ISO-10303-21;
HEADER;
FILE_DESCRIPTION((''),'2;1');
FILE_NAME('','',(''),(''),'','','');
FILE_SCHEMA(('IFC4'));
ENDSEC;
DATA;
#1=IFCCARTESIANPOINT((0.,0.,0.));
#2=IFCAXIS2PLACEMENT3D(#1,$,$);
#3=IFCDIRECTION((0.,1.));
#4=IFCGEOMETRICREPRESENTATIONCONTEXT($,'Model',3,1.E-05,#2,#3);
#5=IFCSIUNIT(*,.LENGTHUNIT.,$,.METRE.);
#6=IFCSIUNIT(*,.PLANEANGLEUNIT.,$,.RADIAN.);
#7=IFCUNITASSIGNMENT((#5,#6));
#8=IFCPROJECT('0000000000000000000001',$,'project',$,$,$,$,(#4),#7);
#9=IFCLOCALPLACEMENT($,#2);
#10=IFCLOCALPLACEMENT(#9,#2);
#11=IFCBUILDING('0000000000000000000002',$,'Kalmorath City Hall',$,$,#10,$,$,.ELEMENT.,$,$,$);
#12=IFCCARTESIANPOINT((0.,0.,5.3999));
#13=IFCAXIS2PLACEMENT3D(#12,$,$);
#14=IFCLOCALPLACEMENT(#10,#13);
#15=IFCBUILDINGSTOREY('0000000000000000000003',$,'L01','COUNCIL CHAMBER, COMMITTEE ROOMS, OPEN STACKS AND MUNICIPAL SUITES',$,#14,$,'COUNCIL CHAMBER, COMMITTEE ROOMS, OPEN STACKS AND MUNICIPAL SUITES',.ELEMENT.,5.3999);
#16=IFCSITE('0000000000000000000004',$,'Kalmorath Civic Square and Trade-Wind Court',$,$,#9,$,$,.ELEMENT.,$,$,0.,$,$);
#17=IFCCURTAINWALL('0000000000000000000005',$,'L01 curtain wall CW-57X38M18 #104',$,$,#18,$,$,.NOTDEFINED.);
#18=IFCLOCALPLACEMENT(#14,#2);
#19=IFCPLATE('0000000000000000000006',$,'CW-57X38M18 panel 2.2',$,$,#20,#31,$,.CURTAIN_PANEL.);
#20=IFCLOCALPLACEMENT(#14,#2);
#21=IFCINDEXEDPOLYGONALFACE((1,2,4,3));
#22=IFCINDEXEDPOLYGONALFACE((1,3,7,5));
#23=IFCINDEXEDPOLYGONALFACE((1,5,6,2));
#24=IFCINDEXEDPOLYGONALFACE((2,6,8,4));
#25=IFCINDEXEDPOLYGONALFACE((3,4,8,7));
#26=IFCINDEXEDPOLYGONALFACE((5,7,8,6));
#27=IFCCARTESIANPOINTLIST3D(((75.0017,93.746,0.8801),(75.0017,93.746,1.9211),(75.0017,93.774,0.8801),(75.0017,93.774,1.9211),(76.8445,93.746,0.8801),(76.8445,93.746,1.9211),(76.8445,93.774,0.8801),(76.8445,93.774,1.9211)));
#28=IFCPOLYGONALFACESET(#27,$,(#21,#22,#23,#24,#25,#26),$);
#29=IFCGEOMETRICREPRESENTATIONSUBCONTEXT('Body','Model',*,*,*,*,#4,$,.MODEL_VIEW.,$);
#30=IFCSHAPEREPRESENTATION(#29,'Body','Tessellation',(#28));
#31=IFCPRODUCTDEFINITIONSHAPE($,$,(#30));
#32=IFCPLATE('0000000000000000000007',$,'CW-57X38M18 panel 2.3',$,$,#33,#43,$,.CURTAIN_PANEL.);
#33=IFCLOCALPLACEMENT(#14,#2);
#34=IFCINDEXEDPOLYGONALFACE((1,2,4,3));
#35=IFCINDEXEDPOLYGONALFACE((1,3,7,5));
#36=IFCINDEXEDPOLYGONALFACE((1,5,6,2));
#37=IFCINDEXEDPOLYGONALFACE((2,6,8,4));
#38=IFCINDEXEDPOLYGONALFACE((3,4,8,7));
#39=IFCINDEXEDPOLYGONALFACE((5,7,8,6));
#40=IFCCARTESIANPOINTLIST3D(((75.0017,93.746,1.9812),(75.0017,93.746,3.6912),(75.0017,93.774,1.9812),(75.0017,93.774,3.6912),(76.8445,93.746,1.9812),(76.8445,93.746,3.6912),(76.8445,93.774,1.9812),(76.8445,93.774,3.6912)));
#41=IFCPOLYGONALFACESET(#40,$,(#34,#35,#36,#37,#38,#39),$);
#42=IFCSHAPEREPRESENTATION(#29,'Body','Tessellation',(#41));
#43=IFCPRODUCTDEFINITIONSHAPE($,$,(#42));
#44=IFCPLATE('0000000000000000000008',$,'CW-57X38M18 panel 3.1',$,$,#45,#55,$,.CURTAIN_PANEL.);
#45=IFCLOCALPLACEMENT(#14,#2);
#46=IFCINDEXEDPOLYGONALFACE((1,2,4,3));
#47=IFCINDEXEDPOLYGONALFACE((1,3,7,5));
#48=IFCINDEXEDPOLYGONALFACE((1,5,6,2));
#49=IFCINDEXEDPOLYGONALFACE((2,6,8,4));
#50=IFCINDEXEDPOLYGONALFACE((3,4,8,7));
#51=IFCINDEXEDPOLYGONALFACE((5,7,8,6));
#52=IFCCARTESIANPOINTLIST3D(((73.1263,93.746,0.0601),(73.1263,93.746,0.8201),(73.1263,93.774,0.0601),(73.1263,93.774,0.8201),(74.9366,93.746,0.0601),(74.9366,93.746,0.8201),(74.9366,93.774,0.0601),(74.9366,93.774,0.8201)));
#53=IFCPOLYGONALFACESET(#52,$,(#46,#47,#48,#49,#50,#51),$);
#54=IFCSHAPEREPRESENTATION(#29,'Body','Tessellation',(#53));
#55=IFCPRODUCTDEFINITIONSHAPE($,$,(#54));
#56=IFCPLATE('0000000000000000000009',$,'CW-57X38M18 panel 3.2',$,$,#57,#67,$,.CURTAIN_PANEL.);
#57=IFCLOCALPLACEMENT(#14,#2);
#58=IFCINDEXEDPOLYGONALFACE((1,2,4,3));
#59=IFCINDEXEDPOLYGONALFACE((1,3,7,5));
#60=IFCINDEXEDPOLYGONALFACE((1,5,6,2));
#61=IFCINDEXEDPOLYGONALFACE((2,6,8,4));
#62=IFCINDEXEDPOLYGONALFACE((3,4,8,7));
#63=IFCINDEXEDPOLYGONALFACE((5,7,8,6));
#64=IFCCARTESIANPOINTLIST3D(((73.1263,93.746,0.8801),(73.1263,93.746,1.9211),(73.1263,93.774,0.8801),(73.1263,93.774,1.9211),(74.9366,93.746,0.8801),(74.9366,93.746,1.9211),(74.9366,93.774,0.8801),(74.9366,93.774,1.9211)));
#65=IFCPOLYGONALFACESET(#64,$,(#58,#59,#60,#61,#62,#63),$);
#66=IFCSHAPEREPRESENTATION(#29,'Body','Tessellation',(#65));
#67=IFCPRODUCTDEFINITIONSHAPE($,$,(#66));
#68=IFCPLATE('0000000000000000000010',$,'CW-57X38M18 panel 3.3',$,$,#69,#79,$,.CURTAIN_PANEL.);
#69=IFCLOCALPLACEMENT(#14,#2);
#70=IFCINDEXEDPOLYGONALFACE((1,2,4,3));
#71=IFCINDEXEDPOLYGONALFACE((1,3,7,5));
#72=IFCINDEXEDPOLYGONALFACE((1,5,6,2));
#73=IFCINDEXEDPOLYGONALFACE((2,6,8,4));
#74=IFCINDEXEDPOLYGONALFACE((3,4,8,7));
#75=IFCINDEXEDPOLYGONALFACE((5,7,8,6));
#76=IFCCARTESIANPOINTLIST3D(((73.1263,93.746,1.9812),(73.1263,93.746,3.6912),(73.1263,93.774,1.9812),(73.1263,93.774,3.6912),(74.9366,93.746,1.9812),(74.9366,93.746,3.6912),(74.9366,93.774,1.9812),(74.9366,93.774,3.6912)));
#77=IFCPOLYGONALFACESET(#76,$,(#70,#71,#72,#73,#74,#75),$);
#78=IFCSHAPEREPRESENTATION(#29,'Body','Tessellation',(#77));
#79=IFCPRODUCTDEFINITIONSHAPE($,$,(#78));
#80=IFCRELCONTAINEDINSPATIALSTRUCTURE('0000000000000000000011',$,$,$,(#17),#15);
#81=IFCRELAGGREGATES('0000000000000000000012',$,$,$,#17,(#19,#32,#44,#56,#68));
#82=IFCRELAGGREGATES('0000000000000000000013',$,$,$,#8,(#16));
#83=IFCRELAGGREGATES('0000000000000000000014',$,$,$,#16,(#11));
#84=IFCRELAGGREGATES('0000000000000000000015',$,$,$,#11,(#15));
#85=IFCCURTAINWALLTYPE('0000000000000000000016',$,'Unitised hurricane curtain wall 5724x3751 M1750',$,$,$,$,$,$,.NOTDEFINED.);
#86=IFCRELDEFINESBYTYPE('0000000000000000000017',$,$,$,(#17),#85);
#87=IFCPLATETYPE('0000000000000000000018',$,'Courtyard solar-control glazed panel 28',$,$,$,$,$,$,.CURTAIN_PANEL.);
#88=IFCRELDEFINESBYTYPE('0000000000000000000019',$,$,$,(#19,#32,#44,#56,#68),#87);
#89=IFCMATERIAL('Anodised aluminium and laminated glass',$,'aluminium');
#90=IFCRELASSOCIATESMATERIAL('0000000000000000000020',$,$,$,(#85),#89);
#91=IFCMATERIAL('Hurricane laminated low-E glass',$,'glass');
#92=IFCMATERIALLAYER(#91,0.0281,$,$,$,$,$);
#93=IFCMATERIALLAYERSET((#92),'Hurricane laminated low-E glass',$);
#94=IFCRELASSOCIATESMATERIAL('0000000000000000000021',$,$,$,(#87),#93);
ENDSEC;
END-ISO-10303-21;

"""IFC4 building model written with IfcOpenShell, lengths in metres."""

from ifc_helpers import new_model, si_unit, direction, frame, origin, origin_2d, place, context, subcontext, project, spatial, rectangle, extrude, material, layer, layer_set, type_object, element, aggregate, save


model = new_model("IFC4")

# Units and contexts
model_context = context("Model", 3, precision=1e-05, world=origin(), true_north=direction((0.0, 1.0)))
body_context = subcontext(model_context, "Body", "Model", "MODEL_VIEW")
ifc_project = project(units=[si_unit("LENGTHUNIT", "METRE"), si_unit("PLANEANGLEUNIT", "RADIAN")], contexts=[model_context])

# Site, building, storey
site_placement = place(None, origin())
site = spatial("IfcSite", under=ifc_project, at=site_placement, Name="Kalmorath Civic Square and Trade-Wind Court", CompositionType="ELEMENT", RefElevation=0.0)
building_placement = place(site_placement, origin())
building = spatial("IfcBuilding", under=site, at=building_placement, Name="Kalmorath City Hall", CompositionType="ELEMENT")
storey_placement = place(building_placement, frame((0.0, 0.0, 5.3999)))
storey = spatial("IfcBuildingStorey", under=building, at=storey_placement, Name="L01", Description="COUNCIL CHAMBER, COMMITTEE ROOMS, OPEN STACKS AND MUNICIPAL SUITES", LongName="COUNCIL CHAMBER, COMMITTEE ROOMS, OPEN STACKS AND MUNICIPAL SUITES", CompositionType="ELEMENT", Elevation=5.3999)

# Curtain wall, plates
ifc_material_1 = material(Name="Anodised aluminium and laminated glass", Category="aluminium")
curtain_wall_type = type_object("IfcCurtainWallType", Name="Unitised hurricane curtain wall 5724x3751 M1750", PredefinedType="NOTDEFINED", material=ifc_material_1)
curtain_wall_placement = place(storey_placement, origin())
curtain_wall = element("IfcCurtainWall", 1, at=curtain_wall_placement, inside=storey, type_object=curtain_wall_type, Name="L01 curtain wall CW-57X38M18 #104", PredefinedType="NOTDEFINED")
ifc_material_2 = material(Name="Hurricane laminated low-E glass", Category="glass")
ifc_layer = layer(ifc_material_2, 0.0281)
ifc_layer_set = layer_set([ifc_layer], Name="Hurricane laminated low-E glass")
plate_type = type_object("IfcPlateType", Name="Courtyard solar-control glazed panel 28", PredefinedType="CURTAIN_PANEL", material=ifc_layer_set)
plate_1_placement = place(storey_placement, frame((75.9231, 93.76, 0.8801), z_axis=(0.0, 0.0, 1.0), x_axis=(-1.0, 0.0, 0.0)))
plate_1 = element("IfcPlate", 2, at=plate_1_placement, type_object=plate_type, Name="CW-57X38M18 panel 2.2", PredefinedType="CURTAIN_PANEL", context=body_context, shape_type="SweptSolid", body=[
    extrude(rectangle(XDim=1.8428, YDim=0.0281, at=origin_2d()), origin(), (0.0, 0.0, 1.0), 1.041),
])
plate_2_placement = place(storey_placement, frame((75.9231, 93.76, 1.9812), z_axis=(0.0, 0.0, 1.0), x_axis=(-1.0, 0.0, 0.0)))
plate_2 = element("IfcPlate", 3, at=plate_2_placement, type_object=plate_type, Name="CW-57X38M18 panel 2.3", PredefinedType="CURTAIN_PANEL", context=body_context, shape_type="SweptSolid", body=[
    extrude(rectangle(XDim=1.8428, YDim=0.0281, at=origin_2d()), origin(), (0.0, 0.0, 1.0), 1.71),
])
plate_3_placement = place(storey_placement, frame((74.0315, 93.76, 0.0601), z_axis=(0.0, 0.0, 1.0), x_axis=(-1.0, 0.0, 0.0)))
plate_3 = element("IfcPlate", 4, at=plate_3_placement, type_object=plate_type, Name="CW-57X38M18 panel 3.1", PredefinedType="CURTAIN_PANEL", context=body_context, shape_type="SweptSolid", body=[
    extrude(rectangle(XDim=1.8103, YDim=0.0281, at=origin_2d()), origin(), (0.0, 0.0, 1.0), 0.76),
])
plate_4_placement = place(storey_placement, frame((74.0315, 93.76, 0.8801), z_axis=(0.0, 0.0, 1.0), x_axis=(-1.0, 0.0, 0.0)))
plate_4 = element("IfcPlate", 5, at=plate_4_placement, type_object=plate_type, Name="CW-57X38M18 panel 3.2", PredefinedType="CURTAIN_PANEL", context=body_context, shape_type="SweptSolid", body=[
    extrude(rectangle(XDim=1.8103, YDim=0.0281, at=origin_2d()), origin(), (0.0, 0.0, 1.0), 1.041),
])
plate_5_placement = place(storey_placement, frame((74.0315, 93.76, 1.9812), z_axis=(0.0, 0.0, 1.0), x_axis=(-1.0, 0.0, 0.0)))
plate_5 = element("IfcPlate", 6, at=plate_5_placement, type_object=plate_type, Name="CW-57X38M18 panel 3.3", PredefinedType="CURTAIN_PANEL", context=body_context, shape_type="SweptSolid", body=[
    extrude(rectangle(XDim=1.8103, YDim=0.0281, at=origin_2d()), origin(), (0.0, 0.0, 1.0), 1.71),
])
aggregate(curtain_wall, [plate_1, plate_2, plate_3, plate_4, plate_5])

save(model, "model.ifc")
